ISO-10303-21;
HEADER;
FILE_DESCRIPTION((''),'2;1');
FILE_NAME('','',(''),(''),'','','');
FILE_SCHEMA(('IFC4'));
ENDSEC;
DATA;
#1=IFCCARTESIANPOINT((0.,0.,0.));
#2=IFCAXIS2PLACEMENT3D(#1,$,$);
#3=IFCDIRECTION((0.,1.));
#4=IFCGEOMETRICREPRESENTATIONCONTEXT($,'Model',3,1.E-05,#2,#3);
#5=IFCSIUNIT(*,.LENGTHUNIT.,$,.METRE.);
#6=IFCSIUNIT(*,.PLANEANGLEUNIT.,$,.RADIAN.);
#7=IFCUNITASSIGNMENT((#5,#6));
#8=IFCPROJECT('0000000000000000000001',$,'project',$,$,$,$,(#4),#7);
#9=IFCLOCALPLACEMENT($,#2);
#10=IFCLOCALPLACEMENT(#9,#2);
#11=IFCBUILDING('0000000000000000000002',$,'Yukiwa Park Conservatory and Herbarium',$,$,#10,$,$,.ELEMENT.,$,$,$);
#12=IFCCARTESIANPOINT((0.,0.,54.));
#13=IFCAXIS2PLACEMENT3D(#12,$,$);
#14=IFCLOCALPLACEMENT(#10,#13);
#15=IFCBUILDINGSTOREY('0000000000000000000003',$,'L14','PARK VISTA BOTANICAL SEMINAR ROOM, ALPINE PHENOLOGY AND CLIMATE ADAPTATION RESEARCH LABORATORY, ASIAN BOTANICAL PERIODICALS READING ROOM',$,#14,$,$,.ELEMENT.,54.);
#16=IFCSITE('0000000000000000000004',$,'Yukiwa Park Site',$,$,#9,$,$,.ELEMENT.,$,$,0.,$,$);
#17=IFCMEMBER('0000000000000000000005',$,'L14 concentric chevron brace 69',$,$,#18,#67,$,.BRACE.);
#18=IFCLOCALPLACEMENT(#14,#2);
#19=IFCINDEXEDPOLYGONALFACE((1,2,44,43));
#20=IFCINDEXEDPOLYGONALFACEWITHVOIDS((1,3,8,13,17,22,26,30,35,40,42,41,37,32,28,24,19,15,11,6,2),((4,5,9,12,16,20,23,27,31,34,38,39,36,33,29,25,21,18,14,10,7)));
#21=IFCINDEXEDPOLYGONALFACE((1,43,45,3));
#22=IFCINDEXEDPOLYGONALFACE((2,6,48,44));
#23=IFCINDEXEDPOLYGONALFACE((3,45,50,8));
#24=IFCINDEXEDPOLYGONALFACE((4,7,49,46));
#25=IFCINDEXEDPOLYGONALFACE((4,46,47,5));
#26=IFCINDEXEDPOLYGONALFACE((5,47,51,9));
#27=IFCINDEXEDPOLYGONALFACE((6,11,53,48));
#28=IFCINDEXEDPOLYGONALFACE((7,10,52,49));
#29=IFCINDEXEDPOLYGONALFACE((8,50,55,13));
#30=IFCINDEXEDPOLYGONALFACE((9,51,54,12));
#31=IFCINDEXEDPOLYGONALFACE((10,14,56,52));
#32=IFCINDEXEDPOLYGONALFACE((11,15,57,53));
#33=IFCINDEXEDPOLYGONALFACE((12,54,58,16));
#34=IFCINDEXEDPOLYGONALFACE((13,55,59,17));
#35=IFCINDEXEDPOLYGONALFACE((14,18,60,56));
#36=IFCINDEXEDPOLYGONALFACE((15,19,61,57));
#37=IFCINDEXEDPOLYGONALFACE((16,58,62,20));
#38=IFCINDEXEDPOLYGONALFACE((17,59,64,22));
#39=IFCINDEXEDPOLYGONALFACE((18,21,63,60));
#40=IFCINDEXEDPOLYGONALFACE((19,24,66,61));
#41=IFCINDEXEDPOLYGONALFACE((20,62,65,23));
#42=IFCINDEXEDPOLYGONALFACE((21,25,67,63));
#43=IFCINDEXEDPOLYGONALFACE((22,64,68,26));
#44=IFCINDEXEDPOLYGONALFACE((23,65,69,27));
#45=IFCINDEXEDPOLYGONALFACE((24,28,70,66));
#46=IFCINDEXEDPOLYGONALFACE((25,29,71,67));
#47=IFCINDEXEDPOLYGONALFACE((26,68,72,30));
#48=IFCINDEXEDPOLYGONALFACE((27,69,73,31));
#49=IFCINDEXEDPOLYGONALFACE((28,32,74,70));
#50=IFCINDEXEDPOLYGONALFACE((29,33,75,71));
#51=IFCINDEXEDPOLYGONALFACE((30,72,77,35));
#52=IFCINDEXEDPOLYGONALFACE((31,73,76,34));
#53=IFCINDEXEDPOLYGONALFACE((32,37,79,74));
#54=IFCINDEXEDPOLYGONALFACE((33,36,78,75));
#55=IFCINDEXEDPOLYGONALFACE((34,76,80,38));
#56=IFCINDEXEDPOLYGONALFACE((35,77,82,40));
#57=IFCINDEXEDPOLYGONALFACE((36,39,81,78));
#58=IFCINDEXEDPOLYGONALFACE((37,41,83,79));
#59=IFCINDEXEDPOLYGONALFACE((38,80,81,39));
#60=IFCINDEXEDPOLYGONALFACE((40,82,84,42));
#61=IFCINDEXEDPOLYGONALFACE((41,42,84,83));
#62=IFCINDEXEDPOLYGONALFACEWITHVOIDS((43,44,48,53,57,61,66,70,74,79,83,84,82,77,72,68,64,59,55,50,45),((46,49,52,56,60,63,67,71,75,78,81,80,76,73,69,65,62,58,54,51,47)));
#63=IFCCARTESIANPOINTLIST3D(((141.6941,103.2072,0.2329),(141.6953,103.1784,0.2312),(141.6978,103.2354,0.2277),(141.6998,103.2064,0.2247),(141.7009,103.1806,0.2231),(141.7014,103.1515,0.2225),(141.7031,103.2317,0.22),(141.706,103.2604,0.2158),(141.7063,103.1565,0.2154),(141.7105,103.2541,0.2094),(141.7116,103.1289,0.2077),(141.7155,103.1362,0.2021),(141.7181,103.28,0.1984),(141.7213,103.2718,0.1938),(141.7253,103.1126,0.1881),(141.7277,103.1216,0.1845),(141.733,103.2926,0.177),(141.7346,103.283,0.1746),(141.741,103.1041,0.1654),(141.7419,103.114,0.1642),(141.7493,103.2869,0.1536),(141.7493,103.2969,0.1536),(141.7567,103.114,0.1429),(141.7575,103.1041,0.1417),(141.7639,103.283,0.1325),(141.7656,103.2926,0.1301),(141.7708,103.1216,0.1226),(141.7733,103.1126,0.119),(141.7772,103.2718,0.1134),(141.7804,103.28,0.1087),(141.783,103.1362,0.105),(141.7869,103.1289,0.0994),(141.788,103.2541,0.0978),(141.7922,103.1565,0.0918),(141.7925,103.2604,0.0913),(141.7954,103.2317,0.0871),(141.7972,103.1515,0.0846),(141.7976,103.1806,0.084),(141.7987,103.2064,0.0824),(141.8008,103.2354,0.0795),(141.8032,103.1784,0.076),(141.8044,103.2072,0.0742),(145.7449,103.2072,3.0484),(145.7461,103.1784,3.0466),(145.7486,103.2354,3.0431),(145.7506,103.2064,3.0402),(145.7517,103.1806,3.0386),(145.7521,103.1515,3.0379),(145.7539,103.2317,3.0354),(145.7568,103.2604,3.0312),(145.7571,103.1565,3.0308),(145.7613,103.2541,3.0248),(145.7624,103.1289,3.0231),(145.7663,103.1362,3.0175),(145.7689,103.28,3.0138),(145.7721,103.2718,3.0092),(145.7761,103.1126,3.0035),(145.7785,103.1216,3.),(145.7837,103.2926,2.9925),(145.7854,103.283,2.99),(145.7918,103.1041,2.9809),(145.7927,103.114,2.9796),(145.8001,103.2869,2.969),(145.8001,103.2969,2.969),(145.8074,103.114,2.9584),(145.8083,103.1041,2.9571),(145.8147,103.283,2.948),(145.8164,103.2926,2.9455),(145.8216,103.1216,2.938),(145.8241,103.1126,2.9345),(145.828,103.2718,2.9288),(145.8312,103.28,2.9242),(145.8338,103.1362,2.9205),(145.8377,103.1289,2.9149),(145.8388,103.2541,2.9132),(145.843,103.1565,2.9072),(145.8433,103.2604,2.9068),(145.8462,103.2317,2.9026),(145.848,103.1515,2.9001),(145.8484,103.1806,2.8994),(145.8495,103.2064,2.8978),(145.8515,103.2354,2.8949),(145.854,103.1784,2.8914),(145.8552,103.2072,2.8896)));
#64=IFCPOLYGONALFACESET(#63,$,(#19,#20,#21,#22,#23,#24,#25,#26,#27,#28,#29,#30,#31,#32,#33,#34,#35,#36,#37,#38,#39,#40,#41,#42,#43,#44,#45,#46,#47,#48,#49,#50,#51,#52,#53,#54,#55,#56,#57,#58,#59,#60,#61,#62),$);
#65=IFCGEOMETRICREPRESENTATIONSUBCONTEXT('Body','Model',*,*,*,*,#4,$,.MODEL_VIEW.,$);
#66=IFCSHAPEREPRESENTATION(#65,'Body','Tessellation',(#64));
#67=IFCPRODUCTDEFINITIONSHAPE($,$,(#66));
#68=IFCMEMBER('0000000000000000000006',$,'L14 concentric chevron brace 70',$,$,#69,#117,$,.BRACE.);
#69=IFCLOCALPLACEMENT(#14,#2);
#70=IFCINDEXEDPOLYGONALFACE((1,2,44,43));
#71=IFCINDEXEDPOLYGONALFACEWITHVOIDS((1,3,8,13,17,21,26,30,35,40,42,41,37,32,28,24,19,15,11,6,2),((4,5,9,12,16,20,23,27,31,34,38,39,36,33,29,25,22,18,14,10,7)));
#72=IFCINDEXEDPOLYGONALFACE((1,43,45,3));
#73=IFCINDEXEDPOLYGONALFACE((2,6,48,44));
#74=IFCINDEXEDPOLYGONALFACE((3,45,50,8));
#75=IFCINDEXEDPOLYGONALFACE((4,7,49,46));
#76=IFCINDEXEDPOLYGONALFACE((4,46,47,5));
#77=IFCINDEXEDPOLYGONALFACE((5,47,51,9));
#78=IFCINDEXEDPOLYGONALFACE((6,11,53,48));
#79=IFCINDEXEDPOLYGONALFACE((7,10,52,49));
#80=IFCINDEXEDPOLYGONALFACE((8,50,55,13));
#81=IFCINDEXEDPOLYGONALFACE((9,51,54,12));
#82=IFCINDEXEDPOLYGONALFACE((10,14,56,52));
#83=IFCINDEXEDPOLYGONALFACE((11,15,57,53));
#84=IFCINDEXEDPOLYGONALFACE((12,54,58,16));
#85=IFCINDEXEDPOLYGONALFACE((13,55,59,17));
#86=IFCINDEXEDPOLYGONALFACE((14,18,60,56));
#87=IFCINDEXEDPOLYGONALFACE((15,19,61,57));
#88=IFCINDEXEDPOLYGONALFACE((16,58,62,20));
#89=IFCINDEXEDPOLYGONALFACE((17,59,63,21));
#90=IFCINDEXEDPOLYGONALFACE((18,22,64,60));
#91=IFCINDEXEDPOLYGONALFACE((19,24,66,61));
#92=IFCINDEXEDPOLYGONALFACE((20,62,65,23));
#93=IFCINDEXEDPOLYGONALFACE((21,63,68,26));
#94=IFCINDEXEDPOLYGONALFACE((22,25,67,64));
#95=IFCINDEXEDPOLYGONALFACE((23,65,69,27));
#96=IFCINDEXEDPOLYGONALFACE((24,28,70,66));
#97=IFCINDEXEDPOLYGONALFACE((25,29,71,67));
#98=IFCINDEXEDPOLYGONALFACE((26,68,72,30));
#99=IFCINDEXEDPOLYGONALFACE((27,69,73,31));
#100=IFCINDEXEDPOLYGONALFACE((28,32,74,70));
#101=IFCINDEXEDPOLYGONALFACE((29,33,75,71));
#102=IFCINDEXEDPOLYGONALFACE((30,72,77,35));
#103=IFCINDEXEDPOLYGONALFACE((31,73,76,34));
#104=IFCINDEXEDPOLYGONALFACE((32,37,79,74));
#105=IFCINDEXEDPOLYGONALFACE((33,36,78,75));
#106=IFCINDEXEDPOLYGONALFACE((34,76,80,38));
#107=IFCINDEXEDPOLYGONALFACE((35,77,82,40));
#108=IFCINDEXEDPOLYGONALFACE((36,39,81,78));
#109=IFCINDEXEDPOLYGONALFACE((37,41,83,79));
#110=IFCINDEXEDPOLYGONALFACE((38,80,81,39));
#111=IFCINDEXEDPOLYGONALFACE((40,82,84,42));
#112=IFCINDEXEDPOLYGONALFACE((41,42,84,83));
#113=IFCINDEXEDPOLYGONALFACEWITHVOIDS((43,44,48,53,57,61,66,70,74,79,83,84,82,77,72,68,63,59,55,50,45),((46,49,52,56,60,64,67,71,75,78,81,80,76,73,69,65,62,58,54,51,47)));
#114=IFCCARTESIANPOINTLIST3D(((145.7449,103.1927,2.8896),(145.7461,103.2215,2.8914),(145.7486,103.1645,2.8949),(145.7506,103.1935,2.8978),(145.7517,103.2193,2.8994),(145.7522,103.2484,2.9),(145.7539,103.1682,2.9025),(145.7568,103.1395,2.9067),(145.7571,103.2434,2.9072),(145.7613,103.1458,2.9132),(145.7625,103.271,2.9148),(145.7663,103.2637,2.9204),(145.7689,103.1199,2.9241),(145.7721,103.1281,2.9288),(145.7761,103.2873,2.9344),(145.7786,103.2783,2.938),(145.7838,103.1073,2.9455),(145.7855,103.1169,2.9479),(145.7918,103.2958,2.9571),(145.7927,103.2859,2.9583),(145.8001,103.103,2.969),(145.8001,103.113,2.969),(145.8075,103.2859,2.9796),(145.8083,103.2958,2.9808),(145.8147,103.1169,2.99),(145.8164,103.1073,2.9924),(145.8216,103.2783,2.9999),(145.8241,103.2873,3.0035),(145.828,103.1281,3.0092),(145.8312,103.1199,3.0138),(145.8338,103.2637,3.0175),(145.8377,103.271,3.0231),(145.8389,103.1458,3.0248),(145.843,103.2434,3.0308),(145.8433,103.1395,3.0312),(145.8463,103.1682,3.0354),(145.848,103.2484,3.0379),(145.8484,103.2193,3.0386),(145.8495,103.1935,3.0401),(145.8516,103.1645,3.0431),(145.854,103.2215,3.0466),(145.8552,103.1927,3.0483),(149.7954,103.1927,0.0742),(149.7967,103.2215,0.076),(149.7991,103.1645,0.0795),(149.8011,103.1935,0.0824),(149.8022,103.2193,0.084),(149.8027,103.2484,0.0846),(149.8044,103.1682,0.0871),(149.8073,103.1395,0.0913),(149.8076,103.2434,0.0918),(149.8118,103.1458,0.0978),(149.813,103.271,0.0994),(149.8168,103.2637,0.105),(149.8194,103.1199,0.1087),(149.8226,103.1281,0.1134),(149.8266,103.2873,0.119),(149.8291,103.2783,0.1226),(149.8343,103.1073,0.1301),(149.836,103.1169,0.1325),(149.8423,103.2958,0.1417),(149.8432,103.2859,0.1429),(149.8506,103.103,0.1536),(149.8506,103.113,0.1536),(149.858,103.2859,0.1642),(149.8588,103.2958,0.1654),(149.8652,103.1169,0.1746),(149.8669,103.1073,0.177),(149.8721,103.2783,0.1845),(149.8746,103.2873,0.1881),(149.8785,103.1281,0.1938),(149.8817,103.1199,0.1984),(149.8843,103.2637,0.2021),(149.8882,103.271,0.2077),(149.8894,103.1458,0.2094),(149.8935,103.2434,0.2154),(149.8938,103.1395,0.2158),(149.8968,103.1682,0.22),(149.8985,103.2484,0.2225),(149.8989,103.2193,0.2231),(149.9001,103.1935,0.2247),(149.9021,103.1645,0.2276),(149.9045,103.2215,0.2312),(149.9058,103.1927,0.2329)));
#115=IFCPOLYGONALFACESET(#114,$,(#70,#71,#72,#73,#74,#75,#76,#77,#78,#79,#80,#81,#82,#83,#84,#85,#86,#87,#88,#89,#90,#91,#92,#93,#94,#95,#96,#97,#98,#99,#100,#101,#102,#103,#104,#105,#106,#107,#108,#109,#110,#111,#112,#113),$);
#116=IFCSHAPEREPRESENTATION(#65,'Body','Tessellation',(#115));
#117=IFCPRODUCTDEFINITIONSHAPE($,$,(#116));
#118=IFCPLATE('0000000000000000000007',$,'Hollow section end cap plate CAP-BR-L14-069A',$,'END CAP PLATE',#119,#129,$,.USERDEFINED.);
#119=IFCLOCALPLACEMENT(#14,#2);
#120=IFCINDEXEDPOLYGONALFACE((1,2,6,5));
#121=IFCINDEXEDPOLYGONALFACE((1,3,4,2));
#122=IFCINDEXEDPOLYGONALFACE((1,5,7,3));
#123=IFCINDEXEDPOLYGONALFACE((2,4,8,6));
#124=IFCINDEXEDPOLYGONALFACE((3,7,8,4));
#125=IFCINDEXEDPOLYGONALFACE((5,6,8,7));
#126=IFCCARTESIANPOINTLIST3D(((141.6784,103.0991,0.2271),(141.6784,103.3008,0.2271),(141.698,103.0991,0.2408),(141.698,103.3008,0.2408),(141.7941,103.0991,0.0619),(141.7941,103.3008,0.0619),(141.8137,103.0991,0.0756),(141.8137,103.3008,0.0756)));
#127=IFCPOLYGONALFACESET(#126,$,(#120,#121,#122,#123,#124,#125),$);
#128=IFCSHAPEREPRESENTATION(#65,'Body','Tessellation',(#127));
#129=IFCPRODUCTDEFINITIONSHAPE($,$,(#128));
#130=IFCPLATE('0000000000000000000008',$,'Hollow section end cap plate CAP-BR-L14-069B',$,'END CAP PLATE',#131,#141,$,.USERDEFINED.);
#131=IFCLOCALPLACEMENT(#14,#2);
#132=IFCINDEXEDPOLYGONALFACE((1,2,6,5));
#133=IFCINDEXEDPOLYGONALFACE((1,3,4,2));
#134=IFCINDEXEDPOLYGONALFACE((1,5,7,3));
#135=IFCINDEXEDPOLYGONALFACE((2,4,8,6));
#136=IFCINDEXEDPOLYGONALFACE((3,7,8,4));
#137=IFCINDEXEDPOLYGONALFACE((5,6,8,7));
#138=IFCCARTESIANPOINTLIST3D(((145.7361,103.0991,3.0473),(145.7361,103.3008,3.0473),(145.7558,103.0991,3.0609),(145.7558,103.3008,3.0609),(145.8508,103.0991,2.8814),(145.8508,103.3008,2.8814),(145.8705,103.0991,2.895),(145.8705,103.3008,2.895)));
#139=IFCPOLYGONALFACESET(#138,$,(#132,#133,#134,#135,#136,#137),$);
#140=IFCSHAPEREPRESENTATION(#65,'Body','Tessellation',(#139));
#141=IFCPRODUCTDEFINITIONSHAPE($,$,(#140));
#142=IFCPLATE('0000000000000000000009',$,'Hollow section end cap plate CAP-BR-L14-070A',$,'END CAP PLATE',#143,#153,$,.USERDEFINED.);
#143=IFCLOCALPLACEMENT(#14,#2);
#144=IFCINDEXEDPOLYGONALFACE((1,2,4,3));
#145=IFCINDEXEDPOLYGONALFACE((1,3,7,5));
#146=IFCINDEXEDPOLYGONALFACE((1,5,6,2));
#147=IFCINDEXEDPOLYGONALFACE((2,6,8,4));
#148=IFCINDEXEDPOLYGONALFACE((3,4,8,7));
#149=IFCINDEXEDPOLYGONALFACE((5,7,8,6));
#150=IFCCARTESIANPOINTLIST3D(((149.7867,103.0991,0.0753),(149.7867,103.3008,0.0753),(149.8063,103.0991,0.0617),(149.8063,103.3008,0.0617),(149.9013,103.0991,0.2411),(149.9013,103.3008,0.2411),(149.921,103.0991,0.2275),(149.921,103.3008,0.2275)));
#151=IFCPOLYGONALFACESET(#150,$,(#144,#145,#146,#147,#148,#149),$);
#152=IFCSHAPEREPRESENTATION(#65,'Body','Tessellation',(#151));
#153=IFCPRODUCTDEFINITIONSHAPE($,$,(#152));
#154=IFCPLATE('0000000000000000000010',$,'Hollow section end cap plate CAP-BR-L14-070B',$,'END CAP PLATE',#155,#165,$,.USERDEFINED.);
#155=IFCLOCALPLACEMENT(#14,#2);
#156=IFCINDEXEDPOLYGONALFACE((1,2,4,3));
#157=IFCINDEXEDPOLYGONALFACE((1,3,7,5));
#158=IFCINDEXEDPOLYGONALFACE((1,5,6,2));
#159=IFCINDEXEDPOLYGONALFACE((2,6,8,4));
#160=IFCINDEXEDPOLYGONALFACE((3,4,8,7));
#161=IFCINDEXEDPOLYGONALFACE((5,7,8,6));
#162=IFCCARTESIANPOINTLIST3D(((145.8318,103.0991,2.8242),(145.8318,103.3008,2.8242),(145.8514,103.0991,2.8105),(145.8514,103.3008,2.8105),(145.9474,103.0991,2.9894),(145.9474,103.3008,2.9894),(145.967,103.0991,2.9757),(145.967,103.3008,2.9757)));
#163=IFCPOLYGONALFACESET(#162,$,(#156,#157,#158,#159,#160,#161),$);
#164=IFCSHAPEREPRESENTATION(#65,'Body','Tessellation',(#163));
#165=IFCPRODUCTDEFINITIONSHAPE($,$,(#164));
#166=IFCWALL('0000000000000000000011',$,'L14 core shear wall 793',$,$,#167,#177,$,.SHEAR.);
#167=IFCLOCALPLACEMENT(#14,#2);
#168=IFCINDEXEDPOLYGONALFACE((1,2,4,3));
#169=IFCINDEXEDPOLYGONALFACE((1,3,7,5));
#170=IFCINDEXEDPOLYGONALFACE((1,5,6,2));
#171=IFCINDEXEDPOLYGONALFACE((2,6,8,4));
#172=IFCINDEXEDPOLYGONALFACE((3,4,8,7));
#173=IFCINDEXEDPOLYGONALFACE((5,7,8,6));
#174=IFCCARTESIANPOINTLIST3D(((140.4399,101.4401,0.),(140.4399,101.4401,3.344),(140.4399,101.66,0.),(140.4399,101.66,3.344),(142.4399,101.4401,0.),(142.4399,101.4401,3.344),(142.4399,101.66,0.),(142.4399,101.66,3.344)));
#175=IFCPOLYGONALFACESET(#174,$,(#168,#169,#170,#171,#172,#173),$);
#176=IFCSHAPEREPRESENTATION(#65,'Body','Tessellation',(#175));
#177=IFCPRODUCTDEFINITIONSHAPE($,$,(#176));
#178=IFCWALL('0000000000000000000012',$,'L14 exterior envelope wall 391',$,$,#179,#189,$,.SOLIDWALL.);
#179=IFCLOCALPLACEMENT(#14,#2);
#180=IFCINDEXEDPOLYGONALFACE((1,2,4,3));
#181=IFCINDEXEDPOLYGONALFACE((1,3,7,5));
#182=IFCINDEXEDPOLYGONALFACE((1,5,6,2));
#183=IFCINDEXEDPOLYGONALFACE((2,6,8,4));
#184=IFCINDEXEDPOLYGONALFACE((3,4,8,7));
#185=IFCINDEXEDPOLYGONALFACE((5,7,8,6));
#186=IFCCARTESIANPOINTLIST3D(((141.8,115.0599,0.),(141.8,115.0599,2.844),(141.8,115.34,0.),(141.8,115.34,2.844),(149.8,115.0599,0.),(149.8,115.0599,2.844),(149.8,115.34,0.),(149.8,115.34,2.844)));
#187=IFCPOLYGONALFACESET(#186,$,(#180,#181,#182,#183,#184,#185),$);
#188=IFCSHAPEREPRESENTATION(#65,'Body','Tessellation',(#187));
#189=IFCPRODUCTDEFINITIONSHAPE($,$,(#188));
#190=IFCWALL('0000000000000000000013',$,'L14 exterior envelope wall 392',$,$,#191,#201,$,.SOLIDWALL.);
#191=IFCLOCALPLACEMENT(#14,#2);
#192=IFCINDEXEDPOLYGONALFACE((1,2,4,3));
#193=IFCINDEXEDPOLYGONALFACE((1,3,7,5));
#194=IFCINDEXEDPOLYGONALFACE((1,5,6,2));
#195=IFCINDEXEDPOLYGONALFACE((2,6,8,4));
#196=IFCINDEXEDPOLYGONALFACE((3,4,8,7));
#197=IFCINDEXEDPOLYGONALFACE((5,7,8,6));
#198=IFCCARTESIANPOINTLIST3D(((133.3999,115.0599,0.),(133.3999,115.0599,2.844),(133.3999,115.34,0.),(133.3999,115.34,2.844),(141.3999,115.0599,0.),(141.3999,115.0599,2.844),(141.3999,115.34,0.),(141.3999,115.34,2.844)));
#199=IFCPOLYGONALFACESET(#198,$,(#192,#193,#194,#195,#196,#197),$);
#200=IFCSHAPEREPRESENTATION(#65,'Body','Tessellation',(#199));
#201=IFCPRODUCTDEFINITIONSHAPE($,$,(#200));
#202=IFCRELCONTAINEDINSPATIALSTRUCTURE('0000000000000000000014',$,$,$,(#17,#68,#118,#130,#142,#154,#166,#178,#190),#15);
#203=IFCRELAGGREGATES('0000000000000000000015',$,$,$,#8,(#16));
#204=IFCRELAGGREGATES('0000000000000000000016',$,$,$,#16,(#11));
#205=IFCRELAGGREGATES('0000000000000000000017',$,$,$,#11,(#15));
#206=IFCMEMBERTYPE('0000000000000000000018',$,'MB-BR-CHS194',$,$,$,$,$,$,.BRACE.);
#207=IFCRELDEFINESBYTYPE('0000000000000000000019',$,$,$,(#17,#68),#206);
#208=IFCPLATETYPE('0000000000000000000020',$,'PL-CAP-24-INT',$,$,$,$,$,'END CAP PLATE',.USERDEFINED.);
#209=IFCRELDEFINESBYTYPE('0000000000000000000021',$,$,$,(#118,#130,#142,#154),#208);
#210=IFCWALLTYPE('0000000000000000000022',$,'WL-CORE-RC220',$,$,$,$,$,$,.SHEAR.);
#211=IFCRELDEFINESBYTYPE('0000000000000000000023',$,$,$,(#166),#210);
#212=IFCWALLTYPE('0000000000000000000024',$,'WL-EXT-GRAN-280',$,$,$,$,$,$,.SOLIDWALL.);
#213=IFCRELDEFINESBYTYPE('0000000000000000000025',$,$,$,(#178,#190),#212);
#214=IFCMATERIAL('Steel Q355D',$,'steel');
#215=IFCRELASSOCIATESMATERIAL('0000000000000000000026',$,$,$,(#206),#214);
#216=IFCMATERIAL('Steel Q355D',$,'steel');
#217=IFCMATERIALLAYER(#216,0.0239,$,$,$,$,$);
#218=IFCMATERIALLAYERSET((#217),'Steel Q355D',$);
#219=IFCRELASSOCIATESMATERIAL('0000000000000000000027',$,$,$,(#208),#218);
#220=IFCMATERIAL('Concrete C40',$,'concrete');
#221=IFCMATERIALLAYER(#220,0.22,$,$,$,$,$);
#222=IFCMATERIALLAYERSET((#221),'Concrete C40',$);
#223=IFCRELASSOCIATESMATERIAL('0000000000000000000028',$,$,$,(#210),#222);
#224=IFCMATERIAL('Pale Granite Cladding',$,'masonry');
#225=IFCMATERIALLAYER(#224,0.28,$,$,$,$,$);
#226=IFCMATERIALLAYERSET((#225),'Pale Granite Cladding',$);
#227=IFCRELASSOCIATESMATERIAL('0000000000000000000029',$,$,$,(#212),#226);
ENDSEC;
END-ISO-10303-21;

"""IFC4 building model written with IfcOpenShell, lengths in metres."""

from ifc_helpers import new_model, si_unit, direction, frame, frame_2d, origin, origin_2d, place, context, subcontext, project, spatial, rectangle, hollow_circle, extrude, material, layer, layer_set, material_profile, profile_set, type_object, element, save


model = new_model("IFC4")

# Units and contexts
model_context = context("Model", 3, precision=1e-05, world=origin(), true_north=direction((0.0, 1.0)))
body_context = subcontext(model_context, "Body", "Model", "MODEL_VIEW")
ifc_project = project(units=[si_unit("LENGTHUNIT", "METRE"), si_unit("PLANEANGLEUNIT", "RADIAN")], contexts=[model_context])

# Site, building, storey
site_placement = place(None, origin())
site = spatial("IfcSite", under=ifc_project, at=site_placement, Name="Yukiwa Park Site", CompositionType="ELEMENT", RefElevation=0.0)
building_placement = place(site_placement, origin())
building = spatial("IfcBuilding", under=site, at=building_placement, Name="Yukiwa Park Conservatory and Herbarium", CompositionType="ELEMENT")
storey_placement = place(building_placement, frame((0.0, 0.0, 54.0)))
storey = spatial("IfcBuildingStorey", under=building, at=storey_placement, Name="L14", Description="PARK VISTA BOTANICAL SEMINAR ROOM, ALPINE PHENOLOGY AND CLIMATE ADAPTATION RESEARCH LABORATORY, ASIAN BOTANICAL PERIODICALS READING ROOM", CompositionType="ELEMENT", Elevation=54.0)

# Members
ifc_material_1 = material(Name="Steel Q355D", Category="steel")
ifc_material_profile_1 = material_profile(ifc_material_1, hollow_circle(Radius=0.0969, WallThickness=0.01, at=origin_2d()), Name="CHS 193.7x10")
ifc_profile_set_1 = profile_set([ifc_material_profile_1], Name="Steel Q355D")
member_type = type_object("IfcMemberType", Name="MB-BR-CHS194", PredefinedType="BRACE", material=ifc_profile_set_1)
member_1_placement = place(storey_placement, frame((141.7493, 103.2, 0.1536), z_axis=(0.821143, 0.0, 0.570722), x_axis=(0.0, 1.0, 0.0)))
element("IfcMember", 1, at=member_1_placement, inside=storey, type_object=member_type, Name="L14 concentric chevron brace 69", PredefinedType="BRACE", context=body_context, shape_type="SweptSolid", body=[
    extrude(hollow_circle(Radius=0.0969, WallThickness=0.01, at=origin_2d()), origin(), (0.0, 0.0, 1.0), 4.9331),
])
member_2_placement = place(storey_placement, frame((149.8506, 103.2, 0.1536), z_axis=(-0.821127, 0.0, 0.570745), x_axis=(0.0, -1.0, 0.0)))
element("IfcMember", 2, at=member_2_placement, inside=storey, type_object=member_type, Name="L14 concentric chevron brace 70", PredefinedType="BRACE", context=body_context, shape_type="SweptSolid", body=[
    extrude(hollow_circle(Radius=0.0969, WallThickness=0.01, at=origin_2d()), origin(), (0.0, 0.0, 1.0), 4.9329),
])

# Plates
ifc_material_2 = material(Name="Steel Q355D", Category="steel")
ifc_layer_1 = layer(ifc_material_2, 0.0239)
ifc_layer_set_1 = layer_set([ifc_layer_1], Name="Steel Q355D")
plate_type = type_object("IfcPlateType", Name="PL-CAP-24-INT", ElementType="END CAP PLATE", PredefinedType="USERDEFINED", material=ifc_layer_set_1)
for number, where, z_axis, x_axis, name in (
    (3, (141.7559, 103.2, 0.1582), (-0.819232, 0.0, -0.573462), (0.0, -1.0, 0.0), "Hollow section end cap plate CAP-BR-L14-069A"),
    (4, (145.7935, 103.2, 2.9644), (0.822558, 0.0, 0.568682), (0.0, 1.0, 0.0), "Hollow section end cap plate CAP-BR-L14-069B"),
    (5, (149.844, 103.2, 0.1582), (0.822558, 0.0, -0.568682), (0.0, 1.0, 0.0), "Hollow section end cap plate CAP-BR-L14-070A"),
    (6, (145.9092, 103.2, 2.8931), (-0.819232, 0.0, 0.573462), (0.0, -1.0, 0.0), "Hollow section end cap plate CAP-BR-L14-070B"),
):
    element("IfcPlate", number, at=place(storey_placement, frame(where, z_axis=z_axis, x_axis=x_axis)), inside=storey, type_object=plate_type, Name=name, ObjectType="END CAP PLATE", PredefinedType="USERDEFINED", context=body_context, shape_type="SweptSolid", body=[
        extrude(rectangle(XDim=0.2017, YDim=0.2017, at=origin_2d()), origin(), (0.0, 0.0, 1.0), 0.0239),
    ])

# Walls
ifc_material_3 = material(Name="Concrete C40", Category="concrete")
ifc_layer_2 = layer(ifc_material_3, 0.22)
ifc_layer_set_2 = layer_set([ifc_layer_2], Name="Concrete C40")
wall_type_1 = type_object("IfcWallType", Name="WL-CORE-RC220", PredefinedType="SHEAR", material=ifc_layer_set_2)
wall_1_placement = place(storey_placement, frame((140.4399, 101.55, 0.0), z_axis=(0.0, 0.0, 1.0), x_axis=(1.0, 0.0, 0.0)))
element("IfcWall", 7, at=wall_1_placement, inside=storey, type_object=wall_type_1, Name="L14 core shear wall 793", PredefinedType="SHEAR", context=body_context, shape_type="SweptSolid", body=[
    extrude(rectangle(XDim=2.0, YDim=0.22, at=frame_2d((1.0, 0.0))), origin(), (0.0, 0.0, 1.0), 3.344),
])
ifc_material_4 = material(Name="Pale Granite Cladding", Category="masonry")
ifc_layer_3 = layer(ifc_material_4, 0.28)
ifc_layer_set_3 = layer_set([ifc_layer_3], Name="Pale Granite Cladding")
wall_type_2 = type_object("IfcWallType", Name="WL-EXT-GRAN-280", PredefinedType="SOLIDWALL", material=ifc_layer_set_3)
for number, where, z_axis, x_axis, name in (
    (8, (149.8, 115.2, 0.0), (0.0, 0.0, 1.0), (-1.0, 0.0, 0.0), "L14 exterior envelope wall 391"),
    (9, (141.3999, 115.2, 0.0), (0.0, 0.0, 1.0), (-1.0, 0.0, 0.0), "L14 exterior envelope wall 392"),
):
    element("IfcWall", number, at=place(storey_placement, frame(where, z_axis=z_axis, x_axis=x_axis)), inside=storey, type_object=wall_type_2, Name=name, PredefinedType="SOLIDWALL", context=body_context, shape_type="SweptSolid", body=[
        extrude(rectangle(XDim=8.0, YDim=0.28, at=frame_2d((4.0, 0.0))), origin(), (0.0, 0.0, 1.0), 2.844),
    ])

save(model, "model.ifc")
